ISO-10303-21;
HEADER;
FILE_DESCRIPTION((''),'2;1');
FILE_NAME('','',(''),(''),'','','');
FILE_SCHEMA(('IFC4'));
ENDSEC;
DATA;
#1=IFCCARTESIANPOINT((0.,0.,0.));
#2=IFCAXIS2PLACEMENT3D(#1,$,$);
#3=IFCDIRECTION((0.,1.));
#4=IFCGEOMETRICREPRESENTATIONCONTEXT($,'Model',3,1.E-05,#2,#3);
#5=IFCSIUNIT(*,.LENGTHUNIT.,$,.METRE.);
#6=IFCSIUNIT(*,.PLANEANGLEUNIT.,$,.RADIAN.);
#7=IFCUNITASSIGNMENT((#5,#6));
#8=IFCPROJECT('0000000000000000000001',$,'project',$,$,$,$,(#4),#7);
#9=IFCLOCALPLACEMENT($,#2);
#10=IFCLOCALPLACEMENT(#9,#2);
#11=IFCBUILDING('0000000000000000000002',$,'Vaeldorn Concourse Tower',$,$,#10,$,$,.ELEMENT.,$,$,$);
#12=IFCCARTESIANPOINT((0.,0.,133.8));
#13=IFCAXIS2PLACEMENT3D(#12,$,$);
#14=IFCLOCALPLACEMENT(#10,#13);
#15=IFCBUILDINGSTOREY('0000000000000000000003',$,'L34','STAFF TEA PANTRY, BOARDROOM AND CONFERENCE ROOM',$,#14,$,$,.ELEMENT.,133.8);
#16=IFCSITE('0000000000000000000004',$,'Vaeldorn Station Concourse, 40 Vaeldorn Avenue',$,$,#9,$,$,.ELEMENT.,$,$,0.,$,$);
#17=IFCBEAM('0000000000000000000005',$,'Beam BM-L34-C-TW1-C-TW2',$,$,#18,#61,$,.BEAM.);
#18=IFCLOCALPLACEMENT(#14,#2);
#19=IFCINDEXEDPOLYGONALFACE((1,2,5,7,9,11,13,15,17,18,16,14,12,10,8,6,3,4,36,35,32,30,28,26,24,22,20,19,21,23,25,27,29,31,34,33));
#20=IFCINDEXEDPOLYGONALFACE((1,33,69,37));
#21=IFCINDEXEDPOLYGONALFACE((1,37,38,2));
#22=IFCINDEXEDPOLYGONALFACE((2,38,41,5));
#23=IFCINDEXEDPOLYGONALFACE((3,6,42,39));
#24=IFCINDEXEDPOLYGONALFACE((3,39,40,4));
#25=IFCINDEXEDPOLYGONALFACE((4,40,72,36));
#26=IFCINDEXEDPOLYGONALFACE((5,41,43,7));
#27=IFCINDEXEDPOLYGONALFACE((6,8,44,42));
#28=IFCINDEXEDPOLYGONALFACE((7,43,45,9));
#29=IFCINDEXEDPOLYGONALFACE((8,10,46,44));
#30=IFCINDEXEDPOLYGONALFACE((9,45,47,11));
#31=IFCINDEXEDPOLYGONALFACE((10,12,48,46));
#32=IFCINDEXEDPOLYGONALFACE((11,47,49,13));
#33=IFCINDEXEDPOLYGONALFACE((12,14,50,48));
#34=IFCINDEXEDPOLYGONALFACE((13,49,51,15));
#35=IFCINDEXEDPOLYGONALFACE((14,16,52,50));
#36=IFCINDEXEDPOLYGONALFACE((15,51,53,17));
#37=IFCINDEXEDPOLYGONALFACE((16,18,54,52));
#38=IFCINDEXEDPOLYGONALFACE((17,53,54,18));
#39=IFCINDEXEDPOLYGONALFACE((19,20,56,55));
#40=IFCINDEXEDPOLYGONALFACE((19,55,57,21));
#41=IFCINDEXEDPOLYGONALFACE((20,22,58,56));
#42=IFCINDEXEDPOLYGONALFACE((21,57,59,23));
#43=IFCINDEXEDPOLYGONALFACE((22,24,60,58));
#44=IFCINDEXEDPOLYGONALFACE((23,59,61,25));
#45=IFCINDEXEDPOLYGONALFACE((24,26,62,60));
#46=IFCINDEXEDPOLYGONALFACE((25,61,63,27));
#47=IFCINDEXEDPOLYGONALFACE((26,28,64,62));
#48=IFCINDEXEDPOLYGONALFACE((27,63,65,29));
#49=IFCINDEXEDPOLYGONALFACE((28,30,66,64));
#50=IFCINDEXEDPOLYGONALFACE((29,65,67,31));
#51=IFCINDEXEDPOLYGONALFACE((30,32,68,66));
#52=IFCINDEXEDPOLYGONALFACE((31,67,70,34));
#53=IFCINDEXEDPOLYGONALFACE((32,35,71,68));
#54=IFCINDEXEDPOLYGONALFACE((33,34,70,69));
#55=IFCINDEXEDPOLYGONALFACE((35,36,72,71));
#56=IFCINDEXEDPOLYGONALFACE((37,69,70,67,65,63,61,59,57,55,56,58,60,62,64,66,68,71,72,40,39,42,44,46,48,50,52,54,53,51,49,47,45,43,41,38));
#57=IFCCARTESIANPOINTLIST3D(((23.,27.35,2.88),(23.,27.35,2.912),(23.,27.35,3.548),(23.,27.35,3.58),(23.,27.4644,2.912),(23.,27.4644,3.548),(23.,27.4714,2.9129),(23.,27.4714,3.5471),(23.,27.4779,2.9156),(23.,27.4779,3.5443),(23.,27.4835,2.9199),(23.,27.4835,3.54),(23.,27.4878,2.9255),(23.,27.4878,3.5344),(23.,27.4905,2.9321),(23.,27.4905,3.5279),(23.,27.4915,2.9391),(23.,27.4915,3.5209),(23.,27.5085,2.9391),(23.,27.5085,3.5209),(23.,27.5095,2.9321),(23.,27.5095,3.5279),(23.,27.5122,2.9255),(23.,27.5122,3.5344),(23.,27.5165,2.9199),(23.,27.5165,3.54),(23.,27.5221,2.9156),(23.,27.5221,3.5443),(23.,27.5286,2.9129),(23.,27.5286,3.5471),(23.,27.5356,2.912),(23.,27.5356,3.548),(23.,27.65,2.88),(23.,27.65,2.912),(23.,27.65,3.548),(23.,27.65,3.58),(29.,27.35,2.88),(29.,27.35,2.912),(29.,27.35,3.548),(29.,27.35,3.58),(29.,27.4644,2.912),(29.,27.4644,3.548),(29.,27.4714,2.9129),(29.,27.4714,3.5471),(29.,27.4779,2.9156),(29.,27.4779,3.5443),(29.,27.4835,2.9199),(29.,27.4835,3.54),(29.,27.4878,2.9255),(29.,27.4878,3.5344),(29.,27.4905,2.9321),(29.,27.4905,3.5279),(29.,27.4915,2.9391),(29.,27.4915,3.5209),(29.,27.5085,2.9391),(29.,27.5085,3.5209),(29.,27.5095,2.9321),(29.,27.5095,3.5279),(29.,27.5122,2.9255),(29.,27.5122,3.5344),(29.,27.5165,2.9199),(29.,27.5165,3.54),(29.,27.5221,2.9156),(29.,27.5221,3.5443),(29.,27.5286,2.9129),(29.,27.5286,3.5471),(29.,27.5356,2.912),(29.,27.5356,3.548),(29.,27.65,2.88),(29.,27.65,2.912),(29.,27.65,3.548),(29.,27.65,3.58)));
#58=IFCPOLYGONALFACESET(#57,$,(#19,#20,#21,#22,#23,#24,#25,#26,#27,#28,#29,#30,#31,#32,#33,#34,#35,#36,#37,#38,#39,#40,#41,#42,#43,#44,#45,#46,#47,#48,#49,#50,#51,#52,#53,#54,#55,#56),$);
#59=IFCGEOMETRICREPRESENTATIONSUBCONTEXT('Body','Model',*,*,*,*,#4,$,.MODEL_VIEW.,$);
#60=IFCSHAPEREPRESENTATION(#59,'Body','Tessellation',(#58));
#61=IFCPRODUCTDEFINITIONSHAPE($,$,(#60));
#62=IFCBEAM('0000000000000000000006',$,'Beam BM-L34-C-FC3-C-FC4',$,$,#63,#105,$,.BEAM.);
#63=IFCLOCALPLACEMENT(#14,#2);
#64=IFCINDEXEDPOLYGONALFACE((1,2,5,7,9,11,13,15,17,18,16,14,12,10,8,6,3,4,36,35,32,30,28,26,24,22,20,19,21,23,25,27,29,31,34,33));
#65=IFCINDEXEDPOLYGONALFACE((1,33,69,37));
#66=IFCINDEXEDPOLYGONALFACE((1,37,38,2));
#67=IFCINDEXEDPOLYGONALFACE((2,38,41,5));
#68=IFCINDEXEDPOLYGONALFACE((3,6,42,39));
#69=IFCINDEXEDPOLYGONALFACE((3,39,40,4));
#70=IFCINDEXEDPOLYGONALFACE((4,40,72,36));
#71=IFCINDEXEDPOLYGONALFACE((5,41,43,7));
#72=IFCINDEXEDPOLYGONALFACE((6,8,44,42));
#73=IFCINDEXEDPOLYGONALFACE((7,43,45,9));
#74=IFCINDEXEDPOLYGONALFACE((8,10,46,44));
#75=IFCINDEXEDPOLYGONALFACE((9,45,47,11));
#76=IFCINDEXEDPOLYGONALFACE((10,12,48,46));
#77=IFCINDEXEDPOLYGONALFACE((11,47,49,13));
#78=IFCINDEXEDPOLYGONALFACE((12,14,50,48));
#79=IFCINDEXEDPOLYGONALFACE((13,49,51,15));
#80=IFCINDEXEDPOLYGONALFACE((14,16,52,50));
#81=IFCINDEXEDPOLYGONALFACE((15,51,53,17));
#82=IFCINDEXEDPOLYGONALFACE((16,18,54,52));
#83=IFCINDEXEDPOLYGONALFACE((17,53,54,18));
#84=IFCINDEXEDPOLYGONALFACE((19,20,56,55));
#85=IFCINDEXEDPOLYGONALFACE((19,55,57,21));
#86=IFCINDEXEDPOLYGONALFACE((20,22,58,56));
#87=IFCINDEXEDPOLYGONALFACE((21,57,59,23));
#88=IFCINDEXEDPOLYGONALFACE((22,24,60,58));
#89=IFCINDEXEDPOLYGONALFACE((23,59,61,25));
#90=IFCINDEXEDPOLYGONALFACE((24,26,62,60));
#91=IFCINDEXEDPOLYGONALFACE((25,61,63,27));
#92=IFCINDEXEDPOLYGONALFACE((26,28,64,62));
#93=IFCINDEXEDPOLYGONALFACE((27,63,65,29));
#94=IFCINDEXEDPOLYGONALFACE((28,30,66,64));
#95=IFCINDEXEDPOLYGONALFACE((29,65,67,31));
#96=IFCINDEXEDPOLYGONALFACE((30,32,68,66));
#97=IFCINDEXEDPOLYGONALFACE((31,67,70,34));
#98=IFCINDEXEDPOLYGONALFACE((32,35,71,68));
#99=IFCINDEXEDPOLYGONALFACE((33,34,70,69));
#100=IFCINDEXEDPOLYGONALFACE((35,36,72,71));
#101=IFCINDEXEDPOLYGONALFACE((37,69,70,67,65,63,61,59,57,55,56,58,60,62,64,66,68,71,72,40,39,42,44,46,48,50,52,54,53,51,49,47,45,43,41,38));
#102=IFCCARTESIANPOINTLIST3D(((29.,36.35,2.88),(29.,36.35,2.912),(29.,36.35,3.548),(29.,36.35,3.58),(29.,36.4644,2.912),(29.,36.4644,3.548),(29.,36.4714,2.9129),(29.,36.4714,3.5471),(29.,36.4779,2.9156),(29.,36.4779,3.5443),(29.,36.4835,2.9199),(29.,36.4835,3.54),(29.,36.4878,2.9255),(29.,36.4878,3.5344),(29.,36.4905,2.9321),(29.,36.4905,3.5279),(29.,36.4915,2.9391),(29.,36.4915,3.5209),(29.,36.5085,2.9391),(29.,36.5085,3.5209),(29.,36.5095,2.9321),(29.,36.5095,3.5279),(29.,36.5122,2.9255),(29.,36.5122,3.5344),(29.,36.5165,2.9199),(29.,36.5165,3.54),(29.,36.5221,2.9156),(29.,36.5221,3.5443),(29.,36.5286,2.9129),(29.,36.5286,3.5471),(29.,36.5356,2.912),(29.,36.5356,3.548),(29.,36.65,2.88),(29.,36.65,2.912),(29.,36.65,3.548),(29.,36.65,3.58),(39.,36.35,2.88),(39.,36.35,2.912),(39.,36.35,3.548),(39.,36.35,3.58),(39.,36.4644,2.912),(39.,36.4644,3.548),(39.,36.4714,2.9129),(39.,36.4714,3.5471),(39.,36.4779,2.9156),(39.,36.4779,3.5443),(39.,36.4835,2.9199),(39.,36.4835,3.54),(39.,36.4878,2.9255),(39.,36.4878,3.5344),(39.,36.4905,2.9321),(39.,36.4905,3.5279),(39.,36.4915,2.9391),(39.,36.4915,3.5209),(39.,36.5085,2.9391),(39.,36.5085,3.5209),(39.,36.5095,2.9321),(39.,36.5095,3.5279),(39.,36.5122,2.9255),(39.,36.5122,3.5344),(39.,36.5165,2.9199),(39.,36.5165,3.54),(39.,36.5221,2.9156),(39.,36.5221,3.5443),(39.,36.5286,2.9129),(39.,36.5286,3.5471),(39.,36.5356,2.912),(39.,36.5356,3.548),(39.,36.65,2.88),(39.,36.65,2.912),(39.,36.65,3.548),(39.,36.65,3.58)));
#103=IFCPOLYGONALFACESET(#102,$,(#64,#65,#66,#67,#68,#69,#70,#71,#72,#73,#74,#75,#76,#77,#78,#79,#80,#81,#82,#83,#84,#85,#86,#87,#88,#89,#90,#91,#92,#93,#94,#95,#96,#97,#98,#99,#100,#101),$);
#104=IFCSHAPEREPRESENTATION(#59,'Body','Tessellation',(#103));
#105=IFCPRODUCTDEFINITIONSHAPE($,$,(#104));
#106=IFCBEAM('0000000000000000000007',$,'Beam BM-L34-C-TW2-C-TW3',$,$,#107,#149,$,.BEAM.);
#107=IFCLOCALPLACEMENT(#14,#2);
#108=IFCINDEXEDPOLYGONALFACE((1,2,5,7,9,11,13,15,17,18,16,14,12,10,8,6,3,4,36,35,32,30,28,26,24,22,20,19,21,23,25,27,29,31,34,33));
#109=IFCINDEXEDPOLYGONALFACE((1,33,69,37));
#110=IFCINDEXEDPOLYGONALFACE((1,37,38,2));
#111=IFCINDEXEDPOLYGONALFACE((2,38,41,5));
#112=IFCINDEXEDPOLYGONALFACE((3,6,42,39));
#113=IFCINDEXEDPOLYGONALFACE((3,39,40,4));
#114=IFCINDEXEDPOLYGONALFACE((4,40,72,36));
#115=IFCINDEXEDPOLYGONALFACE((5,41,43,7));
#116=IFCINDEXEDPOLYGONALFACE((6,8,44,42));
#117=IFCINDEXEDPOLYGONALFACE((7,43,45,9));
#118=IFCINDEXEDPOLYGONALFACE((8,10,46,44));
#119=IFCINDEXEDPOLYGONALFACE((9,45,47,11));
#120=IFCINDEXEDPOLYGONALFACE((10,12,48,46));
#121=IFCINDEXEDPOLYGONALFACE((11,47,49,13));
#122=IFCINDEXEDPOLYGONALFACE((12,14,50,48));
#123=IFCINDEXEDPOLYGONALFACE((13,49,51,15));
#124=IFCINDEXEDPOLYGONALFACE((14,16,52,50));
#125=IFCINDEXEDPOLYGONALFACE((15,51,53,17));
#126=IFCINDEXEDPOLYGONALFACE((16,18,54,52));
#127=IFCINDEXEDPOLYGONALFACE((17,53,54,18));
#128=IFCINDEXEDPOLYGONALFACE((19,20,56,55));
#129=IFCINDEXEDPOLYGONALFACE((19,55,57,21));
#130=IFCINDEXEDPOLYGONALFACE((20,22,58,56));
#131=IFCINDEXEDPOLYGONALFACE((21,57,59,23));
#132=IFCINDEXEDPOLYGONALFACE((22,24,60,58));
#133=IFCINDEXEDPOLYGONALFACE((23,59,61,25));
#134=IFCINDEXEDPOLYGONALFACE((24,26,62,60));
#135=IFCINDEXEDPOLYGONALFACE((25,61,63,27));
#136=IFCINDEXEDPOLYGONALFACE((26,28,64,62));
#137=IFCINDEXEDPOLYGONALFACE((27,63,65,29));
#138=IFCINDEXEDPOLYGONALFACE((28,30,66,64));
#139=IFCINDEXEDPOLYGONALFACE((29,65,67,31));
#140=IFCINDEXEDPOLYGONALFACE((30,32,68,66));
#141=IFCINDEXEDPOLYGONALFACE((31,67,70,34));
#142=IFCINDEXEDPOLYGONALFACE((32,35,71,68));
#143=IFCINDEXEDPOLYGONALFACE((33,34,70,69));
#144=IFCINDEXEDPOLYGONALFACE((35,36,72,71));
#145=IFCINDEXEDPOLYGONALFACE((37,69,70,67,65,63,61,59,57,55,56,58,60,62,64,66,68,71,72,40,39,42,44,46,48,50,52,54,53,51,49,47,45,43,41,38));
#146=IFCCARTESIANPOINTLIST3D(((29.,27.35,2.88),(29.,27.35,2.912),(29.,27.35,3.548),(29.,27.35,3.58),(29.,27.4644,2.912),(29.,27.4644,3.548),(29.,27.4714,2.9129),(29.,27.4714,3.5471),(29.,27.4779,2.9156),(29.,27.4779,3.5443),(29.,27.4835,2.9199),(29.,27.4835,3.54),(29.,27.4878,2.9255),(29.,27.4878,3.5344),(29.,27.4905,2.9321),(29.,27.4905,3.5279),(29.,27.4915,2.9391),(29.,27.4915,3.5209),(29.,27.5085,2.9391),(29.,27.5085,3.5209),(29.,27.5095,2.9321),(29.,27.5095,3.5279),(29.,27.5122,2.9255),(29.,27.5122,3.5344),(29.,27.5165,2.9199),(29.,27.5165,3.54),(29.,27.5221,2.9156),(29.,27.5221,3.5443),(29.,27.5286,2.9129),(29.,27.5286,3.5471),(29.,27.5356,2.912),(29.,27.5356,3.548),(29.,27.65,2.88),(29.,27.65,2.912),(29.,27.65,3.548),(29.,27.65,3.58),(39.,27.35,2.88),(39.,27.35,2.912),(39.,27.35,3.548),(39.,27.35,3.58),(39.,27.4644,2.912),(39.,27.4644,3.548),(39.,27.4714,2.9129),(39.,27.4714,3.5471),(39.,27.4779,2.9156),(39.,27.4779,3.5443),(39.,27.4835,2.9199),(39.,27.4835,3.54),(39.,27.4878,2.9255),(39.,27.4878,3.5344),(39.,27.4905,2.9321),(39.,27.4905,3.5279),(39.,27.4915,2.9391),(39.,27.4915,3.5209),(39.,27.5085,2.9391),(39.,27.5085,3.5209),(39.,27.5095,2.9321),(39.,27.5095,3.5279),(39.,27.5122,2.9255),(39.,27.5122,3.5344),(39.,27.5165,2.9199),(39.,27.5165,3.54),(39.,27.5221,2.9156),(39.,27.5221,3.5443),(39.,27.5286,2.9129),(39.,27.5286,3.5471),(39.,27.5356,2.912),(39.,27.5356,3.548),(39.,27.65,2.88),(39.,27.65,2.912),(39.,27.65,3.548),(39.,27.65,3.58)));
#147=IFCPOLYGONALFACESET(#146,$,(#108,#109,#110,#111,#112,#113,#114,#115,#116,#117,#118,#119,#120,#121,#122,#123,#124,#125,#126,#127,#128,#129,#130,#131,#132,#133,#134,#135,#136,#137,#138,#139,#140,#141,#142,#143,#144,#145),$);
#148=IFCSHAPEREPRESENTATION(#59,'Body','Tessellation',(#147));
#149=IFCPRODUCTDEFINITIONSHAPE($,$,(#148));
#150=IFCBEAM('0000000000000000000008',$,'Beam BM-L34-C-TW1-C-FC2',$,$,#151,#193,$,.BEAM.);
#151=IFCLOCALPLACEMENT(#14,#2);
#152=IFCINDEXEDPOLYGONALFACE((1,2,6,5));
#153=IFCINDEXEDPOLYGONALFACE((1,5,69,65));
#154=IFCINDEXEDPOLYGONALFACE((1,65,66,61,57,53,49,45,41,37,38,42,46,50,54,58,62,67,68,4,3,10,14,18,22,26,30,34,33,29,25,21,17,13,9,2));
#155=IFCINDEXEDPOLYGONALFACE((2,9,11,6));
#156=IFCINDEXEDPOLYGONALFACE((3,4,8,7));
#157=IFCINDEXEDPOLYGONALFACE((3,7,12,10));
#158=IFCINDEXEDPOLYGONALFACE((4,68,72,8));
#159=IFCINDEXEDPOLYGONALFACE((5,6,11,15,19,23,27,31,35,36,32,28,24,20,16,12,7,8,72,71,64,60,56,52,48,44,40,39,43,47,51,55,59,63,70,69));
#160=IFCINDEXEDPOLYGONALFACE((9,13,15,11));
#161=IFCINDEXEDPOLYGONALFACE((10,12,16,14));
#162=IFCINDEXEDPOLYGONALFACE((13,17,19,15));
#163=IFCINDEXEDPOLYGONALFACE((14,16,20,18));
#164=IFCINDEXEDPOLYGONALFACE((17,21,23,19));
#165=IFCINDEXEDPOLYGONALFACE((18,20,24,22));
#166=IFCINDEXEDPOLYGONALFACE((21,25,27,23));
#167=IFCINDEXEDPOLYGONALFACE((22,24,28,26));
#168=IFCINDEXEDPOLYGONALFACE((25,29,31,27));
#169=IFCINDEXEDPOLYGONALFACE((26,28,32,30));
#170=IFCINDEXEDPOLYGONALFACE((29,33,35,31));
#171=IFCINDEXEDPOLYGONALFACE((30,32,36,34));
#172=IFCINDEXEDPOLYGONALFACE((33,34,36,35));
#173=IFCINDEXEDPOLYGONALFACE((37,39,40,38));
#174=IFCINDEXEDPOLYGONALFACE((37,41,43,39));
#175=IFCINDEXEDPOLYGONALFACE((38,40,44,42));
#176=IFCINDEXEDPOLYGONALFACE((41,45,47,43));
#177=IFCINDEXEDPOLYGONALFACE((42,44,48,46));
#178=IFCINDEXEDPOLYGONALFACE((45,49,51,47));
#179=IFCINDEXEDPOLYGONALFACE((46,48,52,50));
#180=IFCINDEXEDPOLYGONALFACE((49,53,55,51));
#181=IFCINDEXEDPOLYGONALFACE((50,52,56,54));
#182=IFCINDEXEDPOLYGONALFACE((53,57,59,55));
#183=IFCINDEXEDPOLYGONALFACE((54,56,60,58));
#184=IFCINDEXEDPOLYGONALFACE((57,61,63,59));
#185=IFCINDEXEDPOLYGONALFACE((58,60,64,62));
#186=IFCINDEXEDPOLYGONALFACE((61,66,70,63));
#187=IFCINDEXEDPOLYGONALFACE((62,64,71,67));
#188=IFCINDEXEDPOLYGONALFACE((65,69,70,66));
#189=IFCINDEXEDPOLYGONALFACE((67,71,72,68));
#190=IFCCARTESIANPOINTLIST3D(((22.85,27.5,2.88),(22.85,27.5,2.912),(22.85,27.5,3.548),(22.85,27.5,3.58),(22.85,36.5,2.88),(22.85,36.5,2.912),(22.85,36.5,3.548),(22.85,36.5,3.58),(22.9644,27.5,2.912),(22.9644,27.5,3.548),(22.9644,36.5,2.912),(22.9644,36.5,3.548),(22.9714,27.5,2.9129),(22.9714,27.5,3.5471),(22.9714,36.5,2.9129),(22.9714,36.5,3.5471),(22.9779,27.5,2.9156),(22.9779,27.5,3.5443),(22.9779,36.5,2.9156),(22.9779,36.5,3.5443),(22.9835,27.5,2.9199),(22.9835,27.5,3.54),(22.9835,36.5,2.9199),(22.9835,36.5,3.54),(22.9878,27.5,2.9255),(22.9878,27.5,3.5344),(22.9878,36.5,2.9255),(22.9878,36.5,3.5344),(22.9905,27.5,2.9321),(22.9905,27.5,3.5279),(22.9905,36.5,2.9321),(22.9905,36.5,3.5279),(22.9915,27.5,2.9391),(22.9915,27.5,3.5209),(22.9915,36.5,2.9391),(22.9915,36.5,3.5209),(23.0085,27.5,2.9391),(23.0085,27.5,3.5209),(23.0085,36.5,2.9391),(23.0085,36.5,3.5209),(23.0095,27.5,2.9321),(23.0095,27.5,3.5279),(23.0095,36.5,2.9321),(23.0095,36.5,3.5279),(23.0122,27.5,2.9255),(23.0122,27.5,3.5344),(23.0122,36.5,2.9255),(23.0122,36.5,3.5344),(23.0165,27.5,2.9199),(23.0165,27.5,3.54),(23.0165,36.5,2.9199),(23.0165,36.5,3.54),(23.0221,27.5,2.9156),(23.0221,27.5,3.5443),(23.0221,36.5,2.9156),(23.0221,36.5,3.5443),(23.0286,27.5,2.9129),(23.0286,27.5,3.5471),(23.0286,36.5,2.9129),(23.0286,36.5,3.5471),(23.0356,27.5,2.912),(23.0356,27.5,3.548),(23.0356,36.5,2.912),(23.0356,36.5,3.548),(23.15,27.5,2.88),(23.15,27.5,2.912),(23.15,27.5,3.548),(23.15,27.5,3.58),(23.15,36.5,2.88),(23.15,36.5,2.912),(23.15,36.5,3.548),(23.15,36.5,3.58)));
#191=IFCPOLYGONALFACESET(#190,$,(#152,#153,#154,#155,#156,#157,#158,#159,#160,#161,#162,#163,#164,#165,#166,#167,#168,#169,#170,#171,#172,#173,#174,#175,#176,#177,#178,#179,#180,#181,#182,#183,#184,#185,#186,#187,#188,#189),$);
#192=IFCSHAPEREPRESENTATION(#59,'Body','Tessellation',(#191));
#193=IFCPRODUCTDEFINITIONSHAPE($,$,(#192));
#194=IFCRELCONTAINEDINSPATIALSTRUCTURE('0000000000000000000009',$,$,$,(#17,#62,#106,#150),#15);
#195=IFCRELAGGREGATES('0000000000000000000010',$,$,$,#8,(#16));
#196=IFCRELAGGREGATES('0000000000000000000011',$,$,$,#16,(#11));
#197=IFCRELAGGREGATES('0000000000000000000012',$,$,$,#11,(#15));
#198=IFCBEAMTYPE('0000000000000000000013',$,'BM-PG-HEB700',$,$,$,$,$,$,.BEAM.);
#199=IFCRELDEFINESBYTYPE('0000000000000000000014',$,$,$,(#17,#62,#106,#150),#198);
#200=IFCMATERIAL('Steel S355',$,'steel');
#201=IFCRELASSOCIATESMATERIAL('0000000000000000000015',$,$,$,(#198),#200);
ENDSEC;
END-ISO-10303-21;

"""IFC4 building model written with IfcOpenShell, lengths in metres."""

from ifc_helpers import new_model, si_unit, direction, frame, origin, origin_2d, place, context, subcontext, project, spatial, i_section, extrude, source, transform, mapped, material, material_profile, profile_set, type_object, element, save


model = new_model("IFC4")

# Units and contexts
model_context = context("Model", 3, precision=1e-05, world=origin(), true_north=direction((0.0, 1.0)))
body_context = subcontext(model_context, "Body", "Model", "MODEL_VIEW")
ifc_project = project(units=[si_unit("LENGTHUNIT", "METRE"), si_unit("PLANEANGLEUNIT", "RADIAN")], contexts=[model_context])

# Site, building, storey
site_placement = place(None, origin())
site = spatial("IfcSite", under=ifc_project, at=site_placement, Name="Vaeldorn Station Concourse, 40 Vaeldorn Avenue", CompositionType="ELEMENT", RefElevation=0.0)
building_placement = place(site_placement, origin())
building = spatial("IfcBuilding", under=site, at=building_placement, Name="Vaeldorn Concourse Tower", CompositionType="ELEMENT")
storey_placement = place(building_placement, frame((0.0, 0.0, 133.8)))
storey = spatial("IfcBuildingStorey", under=building, at=storey_placement, Name="L34", Description="STAFF TEA PANTRY, BOARDROOM AND CONFERENCE ROOM", CompositionType="ELEMENT", Elevation=133.8)

# Beams
ifc_material_1 = material(Name="Steel S355", Category="steel")
ifc_material_profile_1 = material_profile(ifc_material_1, i_section(OverallWidth=0.3, OverallDepth=0.7, WebThickness=0.0171, FlangeThickness=0.032, FilletRadius=0.0271, at=origin_2d()), Name="HEB 700")
ifc_profile_set_1 = profile_set([ifc_material_profile_1], Name="Steel S355")
beam_type_1 = type_object("IfcBeamType", Name="BM-PG-HEB700", PredefinedType="BEAM", material=ifc_profile_set_1)
shared_shape_1 = source(origin(), body_context, "Body", "SweptSolid", [
    extrude(i_section(OverallWidth=0.3, OverallDepth=0.7, WebThickness=0.0171, FlangeThickness=0.032, FilletRadius=0.0271, at=origin_2d()), origin(), (0.0, 0.0, 1.0), 6.0),
])
for number, where, z_axis, x_axis, name in (
    (1, (23.0, 27.5, 3.23), (1.0, 0.0, 0.0), (0.0, 1.0, 0.0), "Beam BM-L34-C-TW1-C-TW2"),
):
    element("IfcBeam", number, at=place(storey_placement, frame(where, z_axis=z_axis, x_axis=x_axis)), inside=storey, type_object=beam_type_1, Name=name, PredefinedType="BEAM", context=body_context, shape_type="MappedRepresentation", body=[
        mapped(shared_shape_1, transform((0.0, 0.0, 0.0), scale=1.0)),
    ])
shared_shape_2 = source(origin(), body_context, "Body", "SweptSolid", [
    extrude(i_section(OverallWidth=0.3, OverallDepth=0.7, WebThickness=0.0171, FlangeThickness=0.032, FilletRadius=0.0271, at=origin_2d()), origin(), (0.0, 0.0, 1.0), 10.0),
])
for number, where, z_axis, x_axis, name in (
    (2, (29.0, 36.5, 3.23), (1.0, 0.0, 0.0), (0.0, 1.0, 0.0), "Beam BM-L34-C-FC3-C-FC4"),
    (3, (29.0, 27.5, 3.23), (1.0, 0.0, 0.0), (0.0, 1.0, 0.0), "Beam BM-L34-C-TW2-C-TW3"),
):
    element("IfcBeam", number, at=place(storey_placement, frame(where, z_axis=z_axis, x_axis=x_axis)), inside=storey, type_object=beam_type_1, Name=name, PredefinedType="BEAM", context=body_context, shape_type="MappedRepresentation", body=[
        mapped(shared_shape_2, transform((0.0, 0.0, 0.0), scale=1.0)),
    ])
shared_shape_3 = source(origin(), body_context, "Body", "SweptSolid", [
    extrude(i_section(OverallWidth=0.3, OverallDepth=0.7, WebThickness=0.0171, FlangeThickness=0.032, FilletRadius=0.0271, at=origin_2d()), origin(), (0.0, 0.0, 1.0), 9.0),
])
for number, where, z_axis, x_axis, name in (
    (4, (23.0, 27.5, 3.23), (0.0, 1.0, 0.0), (-1.0, 0.0, 0.0), "Beam BM-L34-C-TW1-C-FC2"),
):
    element("IfcBeam", number, at=place(storey_placement, frame(where, z_axis=z_axis, x_axis=x_axis)), inside=storey, type_object=beam_type_1, Name=name, PredefinedType="BEAM", context=body_context, shape_type="MappedRepresentation", body=[
        mapped(shared_shape_3, transform((0.0, 0.0, 0.0), scale=1.0)),
    ])

save(model, "model.ifc")
